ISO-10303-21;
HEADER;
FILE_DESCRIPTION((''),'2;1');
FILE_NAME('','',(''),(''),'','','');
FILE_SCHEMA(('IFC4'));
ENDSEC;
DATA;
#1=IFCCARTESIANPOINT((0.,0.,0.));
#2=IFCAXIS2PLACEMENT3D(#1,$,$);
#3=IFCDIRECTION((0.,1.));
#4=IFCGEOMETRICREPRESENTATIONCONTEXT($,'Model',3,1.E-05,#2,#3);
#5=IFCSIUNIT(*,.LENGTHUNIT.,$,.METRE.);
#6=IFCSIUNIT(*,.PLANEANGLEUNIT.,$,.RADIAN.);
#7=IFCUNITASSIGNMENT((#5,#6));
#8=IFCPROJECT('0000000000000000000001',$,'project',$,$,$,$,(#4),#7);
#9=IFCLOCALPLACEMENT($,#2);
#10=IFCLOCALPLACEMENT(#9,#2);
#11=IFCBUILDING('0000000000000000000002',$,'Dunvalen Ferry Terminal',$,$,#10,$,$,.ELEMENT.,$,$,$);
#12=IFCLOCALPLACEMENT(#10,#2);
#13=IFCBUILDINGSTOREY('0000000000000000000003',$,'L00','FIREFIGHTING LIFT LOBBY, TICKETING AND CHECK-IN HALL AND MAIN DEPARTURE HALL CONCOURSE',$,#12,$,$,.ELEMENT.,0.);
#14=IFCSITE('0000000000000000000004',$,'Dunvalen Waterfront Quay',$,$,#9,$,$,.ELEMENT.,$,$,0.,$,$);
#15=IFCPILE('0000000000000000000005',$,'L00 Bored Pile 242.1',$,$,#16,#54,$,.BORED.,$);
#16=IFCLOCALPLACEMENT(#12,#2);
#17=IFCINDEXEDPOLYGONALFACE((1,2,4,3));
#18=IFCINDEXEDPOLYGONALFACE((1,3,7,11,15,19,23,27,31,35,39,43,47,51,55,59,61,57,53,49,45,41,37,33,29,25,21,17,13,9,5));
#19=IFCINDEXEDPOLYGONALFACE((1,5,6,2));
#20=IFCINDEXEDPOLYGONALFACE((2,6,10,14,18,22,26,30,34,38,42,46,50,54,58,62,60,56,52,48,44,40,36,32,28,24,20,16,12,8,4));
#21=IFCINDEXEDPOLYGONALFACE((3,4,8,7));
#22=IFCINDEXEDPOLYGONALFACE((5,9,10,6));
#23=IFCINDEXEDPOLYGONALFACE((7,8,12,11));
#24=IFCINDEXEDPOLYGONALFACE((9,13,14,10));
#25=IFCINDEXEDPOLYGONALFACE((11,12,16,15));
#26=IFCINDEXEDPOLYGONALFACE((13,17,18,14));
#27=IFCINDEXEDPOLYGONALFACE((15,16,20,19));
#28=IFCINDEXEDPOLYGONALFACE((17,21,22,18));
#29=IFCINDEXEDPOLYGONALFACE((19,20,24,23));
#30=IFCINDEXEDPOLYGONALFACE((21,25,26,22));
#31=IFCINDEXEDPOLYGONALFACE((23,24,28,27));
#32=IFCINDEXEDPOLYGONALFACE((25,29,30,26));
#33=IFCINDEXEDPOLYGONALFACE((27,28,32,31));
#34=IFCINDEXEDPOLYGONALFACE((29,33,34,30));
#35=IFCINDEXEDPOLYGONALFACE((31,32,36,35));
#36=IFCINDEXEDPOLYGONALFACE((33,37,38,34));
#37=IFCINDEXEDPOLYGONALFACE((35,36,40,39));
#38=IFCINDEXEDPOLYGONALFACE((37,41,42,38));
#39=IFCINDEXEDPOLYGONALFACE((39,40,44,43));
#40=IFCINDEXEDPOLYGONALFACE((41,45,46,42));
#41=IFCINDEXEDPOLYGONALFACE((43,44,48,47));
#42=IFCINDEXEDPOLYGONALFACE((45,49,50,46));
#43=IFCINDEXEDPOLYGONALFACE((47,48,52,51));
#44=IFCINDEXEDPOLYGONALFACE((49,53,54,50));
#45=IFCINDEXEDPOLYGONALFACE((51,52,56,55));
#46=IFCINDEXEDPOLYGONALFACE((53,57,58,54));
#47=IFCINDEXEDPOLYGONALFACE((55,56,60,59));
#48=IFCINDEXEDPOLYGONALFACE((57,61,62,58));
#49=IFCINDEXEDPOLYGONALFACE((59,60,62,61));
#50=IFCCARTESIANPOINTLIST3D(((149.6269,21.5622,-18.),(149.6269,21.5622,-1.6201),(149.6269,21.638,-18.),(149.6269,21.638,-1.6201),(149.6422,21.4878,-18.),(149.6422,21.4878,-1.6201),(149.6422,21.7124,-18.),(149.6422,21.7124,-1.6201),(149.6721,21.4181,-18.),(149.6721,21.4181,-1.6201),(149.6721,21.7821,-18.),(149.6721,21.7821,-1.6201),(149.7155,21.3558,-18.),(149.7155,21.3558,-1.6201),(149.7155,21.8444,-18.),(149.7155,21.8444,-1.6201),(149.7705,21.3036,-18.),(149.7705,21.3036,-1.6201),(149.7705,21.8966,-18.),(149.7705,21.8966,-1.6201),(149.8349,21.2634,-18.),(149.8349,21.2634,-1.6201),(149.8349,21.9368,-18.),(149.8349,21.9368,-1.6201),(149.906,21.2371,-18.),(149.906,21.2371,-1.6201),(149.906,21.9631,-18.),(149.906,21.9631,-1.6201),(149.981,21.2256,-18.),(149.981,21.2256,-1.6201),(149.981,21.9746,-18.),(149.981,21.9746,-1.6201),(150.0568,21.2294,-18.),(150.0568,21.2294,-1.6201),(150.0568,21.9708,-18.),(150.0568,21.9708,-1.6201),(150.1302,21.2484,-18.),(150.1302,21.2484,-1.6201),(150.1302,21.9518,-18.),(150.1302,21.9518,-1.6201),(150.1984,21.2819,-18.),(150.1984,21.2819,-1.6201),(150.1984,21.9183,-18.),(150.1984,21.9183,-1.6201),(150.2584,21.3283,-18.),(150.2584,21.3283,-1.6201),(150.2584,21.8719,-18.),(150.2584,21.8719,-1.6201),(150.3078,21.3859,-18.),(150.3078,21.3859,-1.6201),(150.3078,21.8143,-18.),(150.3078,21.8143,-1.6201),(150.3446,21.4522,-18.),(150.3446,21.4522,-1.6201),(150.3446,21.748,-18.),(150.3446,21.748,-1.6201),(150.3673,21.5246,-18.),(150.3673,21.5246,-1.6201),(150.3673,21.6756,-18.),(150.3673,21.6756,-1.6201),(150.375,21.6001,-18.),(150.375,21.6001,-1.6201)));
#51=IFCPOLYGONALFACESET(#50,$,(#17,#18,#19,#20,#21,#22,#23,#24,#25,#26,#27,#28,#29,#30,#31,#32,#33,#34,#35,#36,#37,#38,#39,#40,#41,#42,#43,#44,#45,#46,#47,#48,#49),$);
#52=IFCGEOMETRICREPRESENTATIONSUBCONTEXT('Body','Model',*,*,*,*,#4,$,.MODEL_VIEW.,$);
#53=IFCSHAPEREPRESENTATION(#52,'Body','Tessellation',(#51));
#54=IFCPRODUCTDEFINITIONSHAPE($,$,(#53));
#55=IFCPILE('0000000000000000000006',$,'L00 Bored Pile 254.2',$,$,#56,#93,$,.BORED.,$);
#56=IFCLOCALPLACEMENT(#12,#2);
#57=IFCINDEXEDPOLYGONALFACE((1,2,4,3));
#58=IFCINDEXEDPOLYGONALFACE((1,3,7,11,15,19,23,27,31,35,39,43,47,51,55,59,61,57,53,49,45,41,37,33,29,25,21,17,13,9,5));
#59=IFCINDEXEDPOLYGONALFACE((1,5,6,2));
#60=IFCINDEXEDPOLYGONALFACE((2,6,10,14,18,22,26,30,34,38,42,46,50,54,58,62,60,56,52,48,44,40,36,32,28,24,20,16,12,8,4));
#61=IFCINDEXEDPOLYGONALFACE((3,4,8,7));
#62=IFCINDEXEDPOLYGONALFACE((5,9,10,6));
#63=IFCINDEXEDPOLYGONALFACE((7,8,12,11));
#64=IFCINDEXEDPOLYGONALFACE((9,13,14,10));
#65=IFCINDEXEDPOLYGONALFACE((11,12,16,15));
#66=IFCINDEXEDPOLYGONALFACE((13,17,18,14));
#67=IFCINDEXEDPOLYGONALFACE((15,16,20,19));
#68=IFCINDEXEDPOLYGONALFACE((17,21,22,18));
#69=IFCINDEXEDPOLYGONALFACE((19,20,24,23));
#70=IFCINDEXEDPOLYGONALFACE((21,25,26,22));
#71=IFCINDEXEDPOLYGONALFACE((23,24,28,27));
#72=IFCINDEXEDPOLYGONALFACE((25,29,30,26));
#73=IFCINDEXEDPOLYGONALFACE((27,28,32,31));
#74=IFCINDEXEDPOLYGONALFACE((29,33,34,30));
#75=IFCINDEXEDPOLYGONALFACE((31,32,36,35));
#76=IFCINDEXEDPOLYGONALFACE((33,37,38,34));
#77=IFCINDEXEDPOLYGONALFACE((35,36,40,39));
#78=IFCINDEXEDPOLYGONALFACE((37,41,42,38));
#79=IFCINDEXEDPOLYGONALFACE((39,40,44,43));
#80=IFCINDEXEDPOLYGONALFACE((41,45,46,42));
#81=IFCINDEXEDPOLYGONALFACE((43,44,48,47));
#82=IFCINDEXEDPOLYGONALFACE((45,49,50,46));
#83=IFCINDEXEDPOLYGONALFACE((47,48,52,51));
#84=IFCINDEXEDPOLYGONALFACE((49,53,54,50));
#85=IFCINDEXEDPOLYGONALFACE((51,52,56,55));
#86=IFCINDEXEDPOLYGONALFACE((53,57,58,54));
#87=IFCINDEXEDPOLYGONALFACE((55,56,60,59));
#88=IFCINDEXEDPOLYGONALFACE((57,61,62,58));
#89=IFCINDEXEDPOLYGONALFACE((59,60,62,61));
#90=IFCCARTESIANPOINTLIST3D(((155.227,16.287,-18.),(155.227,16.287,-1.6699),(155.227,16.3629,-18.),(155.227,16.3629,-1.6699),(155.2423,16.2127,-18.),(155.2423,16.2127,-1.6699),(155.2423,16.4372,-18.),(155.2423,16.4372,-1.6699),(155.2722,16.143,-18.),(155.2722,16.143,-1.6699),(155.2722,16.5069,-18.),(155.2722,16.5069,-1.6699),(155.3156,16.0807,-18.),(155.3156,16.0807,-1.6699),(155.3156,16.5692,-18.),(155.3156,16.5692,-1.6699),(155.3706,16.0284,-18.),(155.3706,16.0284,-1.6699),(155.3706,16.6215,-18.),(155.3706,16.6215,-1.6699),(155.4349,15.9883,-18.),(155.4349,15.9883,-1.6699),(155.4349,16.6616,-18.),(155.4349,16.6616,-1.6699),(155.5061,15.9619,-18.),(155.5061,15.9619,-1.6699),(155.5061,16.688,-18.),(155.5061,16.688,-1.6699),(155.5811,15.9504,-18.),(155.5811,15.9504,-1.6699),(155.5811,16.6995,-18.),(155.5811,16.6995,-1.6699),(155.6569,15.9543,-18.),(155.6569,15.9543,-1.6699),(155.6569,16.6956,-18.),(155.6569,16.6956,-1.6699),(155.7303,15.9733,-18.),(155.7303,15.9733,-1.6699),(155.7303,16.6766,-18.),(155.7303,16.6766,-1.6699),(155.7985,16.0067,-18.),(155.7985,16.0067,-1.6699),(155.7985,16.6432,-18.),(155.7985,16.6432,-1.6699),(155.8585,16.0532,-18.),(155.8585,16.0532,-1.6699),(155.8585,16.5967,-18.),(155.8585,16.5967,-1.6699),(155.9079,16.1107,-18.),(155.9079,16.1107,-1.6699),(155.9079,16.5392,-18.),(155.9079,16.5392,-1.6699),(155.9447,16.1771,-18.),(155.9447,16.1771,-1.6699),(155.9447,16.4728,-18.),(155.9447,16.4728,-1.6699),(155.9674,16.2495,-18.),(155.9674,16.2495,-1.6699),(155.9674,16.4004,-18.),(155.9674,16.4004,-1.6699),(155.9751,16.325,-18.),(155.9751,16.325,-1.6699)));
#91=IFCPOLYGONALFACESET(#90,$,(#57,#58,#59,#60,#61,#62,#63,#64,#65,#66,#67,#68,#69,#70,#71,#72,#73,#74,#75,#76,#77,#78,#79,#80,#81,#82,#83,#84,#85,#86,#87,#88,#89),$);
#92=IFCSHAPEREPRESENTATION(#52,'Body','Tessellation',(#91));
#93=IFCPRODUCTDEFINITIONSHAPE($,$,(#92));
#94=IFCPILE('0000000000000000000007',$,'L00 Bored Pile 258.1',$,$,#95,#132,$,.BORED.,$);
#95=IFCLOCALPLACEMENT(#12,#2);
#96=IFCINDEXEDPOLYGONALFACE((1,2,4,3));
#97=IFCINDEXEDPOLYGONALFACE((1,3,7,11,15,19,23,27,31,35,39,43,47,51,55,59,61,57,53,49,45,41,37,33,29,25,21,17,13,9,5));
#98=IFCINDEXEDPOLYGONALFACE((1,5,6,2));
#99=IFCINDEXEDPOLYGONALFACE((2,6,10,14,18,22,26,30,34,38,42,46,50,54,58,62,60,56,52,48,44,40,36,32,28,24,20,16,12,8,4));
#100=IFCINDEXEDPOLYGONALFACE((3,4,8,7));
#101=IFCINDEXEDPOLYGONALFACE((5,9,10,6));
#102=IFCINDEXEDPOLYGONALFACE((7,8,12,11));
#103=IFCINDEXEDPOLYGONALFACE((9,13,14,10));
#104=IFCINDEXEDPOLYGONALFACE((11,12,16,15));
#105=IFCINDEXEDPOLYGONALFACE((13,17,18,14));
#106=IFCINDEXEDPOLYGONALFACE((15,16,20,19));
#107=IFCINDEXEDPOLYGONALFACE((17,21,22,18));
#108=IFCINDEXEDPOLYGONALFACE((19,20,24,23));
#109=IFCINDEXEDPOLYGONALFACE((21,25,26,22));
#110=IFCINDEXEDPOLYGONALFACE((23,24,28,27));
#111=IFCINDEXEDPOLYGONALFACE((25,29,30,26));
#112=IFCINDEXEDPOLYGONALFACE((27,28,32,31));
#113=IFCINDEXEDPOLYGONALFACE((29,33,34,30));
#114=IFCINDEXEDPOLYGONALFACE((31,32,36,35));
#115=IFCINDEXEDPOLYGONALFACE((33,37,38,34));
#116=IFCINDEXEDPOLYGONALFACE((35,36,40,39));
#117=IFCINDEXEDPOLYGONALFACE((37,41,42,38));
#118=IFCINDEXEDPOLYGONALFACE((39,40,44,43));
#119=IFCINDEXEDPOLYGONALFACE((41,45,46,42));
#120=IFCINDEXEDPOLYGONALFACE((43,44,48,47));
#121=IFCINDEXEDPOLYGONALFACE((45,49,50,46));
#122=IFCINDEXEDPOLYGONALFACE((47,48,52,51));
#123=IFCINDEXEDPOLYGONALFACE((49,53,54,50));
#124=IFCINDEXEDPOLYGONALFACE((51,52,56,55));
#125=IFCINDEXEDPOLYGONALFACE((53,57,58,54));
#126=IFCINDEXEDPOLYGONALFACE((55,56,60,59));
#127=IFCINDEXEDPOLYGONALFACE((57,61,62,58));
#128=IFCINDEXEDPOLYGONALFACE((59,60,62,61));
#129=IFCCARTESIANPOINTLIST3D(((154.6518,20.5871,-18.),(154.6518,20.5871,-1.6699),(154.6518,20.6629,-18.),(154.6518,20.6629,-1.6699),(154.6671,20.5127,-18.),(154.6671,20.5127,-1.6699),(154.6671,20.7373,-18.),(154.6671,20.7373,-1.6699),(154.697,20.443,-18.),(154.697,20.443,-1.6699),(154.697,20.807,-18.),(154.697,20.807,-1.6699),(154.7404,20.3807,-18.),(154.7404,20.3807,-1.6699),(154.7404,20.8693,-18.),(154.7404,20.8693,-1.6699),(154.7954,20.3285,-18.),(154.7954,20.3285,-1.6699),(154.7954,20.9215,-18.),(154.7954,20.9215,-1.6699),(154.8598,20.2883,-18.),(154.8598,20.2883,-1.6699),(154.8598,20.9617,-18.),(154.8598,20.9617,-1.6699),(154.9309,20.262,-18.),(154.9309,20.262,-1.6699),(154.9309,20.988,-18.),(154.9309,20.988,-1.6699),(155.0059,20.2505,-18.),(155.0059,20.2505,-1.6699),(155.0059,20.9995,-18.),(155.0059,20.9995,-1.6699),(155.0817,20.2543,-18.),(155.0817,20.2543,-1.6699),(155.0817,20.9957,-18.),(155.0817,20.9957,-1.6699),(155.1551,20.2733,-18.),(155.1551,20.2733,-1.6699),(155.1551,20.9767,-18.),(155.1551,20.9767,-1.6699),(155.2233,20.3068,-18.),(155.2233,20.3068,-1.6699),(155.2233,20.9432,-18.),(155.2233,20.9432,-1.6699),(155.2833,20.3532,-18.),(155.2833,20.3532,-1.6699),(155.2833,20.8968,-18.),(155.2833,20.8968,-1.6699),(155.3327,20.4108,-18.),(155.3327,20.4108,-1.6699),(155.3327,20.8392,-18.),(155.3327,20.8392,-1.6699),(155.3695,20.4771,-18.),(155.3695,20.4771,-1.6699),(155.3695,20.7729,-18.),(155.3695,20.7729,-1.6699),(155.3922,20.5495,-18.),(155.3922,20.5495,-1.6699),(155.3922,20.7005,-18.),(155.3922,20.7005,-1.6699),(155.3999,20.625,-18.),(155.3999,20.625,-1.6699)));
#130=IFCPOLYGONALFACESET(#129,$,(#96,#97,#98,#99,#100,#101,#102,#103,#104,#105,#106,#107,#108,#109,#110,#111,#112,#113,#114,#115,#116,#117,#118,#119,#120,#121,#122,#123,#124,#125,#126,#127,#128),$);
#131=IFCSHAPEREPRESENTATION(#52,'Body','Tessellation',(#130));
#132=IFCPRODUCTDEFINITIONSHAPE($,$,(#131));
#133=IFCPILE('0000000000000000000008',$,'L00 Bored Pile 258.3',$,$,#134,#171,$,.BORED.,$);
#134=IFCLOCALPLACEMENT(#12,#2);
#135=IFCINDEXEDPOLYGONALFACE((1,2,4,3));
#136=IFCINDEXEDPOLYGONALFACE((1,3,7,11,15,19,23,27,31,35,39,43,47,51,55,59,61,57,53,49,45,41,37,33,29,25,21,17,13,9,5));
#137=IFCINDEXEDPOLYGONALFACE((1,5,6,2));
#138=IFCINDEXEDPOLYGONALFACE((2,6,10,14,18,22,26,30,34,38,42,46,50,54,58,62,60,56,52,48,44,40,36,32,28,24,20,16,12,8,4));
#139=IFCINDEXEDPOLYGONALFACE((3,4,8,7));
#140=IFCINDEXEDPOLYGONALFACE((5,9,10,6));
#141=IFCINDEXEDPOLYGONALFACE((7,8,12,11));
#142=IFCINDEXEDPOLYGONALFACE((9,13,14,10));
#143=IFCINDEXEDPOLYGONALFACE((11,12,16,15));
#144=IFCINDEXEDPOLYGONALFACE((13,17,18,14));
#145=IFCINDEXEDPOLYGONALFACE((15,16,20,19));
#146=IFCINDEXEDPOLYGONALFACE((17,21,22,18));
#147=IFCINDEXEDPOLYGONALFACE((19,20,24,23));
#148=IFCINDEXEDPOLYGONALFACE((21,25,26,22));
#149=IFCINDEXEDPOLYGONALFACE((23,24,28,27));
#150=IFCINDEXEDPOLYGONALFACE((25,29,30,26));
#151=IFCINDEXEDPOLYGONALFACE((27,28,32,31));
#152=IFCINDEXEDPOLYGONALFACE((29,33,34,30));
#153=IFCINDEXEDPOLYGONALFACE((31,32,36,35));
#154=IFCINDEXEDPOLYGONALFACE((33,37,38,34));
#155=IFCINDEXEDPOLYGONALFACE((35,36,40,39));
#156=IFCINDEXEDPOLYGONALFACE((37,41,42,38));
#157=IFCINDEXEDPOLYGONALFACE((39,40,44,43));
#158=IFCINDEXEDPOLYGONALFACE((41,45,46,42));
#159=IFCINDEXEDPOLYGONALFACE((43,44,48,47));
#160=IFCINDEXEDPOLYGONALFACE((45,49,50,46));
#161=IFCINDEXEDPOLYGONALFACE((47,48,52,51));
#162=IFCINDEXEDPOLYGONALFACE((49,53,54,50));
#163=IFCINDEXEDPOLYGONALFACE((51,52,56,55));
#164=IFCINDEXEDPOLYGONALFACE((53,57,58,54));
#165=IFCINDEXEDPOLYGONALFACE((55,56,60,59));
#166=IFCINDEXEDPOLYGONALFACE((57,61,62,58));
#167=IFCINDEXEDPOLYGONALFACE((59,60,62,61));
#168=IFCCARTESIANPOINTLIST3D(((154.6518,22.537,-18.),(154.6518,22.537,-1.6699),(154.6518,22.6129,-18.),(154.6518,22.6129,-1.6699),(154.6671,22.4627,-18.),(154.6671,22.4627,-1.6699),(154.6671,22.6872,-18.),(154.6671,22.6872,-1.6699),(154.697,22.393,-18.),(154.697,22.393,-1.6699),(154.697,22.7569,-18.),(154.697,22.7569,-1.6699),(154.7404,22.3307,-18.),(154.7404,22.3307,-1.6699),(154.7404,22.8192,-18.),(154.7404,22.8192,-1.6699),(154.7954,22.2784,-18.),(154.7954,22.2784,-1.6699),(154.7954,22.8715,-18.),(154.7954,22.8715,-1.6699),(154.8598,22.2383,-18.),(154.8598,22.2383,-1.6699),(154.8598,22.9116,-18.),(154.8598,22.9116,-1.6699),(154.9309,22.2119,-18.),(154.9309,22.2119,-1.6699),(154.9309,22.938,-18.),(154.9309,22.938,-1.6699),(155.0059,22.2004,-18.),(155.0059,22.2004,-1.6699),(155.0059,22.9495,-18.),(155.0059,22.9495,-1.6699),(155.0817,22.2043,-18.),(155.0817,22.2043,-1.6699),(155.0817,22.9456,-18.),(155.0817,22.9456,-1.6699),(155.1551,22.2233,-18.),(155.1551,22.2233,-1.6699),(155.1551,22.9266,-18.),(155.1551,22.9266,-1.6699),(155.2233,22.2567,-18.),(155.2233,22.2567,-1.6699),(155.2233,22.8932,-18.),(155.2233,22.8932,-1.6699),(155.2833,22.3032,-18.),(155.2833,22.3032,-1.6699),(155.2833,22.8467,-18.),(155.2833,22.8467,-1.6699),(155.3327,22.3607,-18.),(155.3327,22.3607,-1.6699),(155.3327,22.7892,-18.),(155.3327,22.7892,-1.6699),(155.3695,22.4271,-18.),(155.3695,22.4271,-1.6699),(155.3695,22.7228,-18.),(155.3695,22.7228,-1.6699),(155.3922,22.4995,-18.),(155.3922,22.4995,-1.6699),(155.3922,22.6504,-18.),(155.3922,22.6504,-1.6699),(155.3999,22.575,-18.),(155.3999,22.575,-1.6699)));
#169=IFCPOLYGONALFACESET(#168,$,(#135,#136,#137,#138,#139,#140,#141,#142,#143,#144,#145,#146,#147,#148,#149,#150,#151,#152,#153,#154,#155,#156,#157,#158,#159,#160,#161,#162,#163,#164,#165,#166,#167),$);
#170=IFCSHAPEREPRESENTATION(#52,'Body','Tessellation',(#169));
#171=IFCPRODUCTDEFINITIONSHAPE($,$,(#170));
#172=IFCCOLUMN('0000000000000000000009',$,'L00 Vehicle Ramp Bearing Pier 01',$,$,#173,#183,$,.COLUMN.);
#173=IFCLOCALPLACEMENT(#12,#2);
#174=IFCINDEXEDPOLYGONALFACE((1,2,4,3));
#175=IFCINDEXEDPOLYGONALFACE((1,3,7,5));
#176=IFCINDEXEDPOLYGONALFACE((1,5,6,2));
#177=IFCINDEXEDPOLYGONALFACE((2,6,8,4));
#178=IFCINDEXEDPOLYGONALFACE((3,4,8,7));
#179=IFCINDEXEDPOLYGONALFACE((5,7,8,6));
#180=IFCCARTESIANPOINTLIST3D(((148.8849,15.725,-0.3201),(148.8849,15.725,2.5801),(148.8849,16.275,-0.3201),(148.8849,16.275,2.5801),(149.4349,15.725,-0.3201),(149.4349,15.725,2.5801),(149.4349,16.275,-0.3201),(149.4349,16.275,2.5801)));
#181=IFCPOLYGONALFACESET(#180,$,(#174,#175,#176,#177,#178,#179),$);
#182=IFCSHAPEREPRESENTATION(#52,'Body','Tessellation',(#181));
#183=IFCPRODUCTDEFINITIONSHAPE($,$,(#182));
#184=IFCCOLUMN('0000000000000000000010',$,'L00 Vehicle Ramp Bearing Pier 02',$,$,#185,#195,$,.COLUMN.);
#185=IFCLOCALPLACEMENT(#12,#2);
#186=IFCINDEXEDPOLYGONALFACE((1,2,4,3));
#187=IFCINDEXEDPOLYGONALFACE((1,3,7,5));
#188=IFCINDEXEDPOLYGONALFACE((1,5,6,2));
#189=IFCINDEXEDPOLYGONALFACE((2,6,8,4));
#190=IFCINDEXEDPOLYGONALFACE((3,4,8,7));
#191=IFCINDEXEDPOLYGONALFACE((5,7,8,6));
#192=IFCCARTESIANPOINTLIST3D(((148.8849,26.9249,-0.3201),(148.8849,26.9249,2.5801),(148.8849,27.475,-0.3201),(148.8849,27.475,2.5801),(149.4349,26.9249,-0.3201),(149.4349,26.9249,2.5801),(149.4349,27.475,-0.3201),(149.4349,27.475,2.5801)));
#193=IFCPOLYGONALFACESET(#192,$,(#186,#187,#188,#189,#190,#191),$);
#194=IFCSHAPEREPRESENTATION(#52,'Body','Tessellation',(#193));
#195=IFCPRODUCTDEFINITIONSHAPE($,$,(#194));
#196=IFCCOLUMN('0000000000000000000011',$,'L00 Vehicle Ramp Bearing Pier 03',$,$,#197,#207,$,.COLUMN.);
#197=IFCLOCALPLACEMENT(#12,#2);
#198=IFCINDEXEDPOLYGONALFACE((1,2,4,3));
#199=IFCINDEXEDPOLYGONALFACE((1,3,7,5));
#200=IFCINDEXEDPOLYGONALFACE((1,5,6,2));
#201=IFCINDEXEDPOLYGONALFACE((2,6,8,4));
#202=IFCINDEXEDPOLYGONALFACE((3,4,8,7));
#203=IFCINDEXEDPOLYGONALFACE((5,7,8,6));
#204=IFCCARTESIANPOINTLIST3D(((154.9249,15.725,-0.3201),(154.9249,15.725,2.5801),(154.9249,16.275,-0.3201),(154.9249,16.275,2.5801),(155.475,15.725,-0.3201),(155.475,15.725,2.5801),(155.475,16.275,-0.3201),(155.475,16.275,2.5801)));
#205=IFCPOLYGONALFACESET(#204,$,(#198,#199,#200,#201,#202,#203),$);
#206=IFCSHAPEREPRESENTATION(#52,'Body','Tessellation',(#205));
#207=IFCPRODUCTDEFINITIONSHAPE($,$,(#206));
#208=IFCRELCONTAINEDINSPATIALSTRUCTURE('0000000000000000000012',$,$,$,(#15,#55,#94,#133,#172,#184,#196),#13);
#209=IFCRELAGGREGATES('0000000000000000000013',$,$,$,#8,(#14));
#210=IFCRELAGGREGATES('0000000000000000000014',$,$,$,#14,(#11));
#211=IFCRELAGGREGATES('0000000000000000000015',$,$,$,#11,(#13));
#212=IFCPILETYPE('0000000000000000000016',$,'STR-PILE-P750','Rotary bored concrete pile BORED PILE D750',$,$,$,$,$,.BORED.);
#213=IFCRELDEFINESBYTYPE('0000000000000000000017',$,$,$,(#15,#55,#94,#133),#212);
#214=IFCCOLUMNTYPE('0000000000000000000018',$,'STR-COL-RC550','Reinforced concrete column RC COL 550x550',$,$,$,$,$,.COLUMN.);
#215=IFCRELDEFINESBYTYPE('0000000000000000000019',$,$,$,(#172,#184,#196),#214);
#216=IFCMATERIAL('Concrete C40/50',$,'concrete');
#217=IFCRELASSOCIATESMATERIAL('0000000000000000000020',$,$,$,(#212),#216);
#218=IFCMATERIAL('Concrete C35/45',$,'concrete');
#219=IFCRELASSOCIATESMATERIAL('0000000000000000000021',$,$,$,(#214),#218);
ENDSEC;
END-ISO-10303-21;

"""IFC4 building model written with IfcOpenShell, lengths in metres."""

from ifc_helpers import new_model, si_unit, direction, frame, origin, origin_2d, place, context, subcontext, project, spatial, rectangle, circle, extrude, material, material_profile, profile_set, type_object, element, save


model = new_model("IFC4")

# Units and contexts
model_context = context("Model", 3, precision=1e-05, world=origin(), true_north=direction((0.0, 1.0)))
body_context = subcontext(model_context, "Body", "Model", "MODEL_VIEW")
ifc_project = project(units=[si_unit("LENGTHUNIT", "METRE"), si_unit("PLANEANGLEUNIT", "RADIAN")], contexts=[model_context])

# Site, building, storey
site_placement = place(None, origin())
site = spatial("IfcSite", under=ifc_project, at=site_placement, Name="Dunvalen Waterfront Quay", CompositionType="ELEMENT", RefElevation=0.0)
building_placement = place(site_placement, origin())
building = spatial("IfcBuilding", under=site, at=building_placement, Name="Dunvalen Ferry Terminal", CompositionType="ELEMENT")
storey_placement = place(building_placement, origin())
storey = spatial("IfcBuildingStorey", under=building, at=storey_placement, Name="L00", Description="FIREFIGHTING LIFT LOBBY, TICKETING AND CHECK-IN HALL AND MAIN DEPARTURE HALL CONCOURSE", CompositionType="ELEMENT", Elevation=0.0)

# Shared definitions
ifc_material_1 = material(Name="Concrete C40/50", Category="concrete")

# Piles
ifc_material_profile_1 = material_profile(ifc_material_1, circle(Radius=0.375, at=origin_2d()), Name="Concrete C40/50")
ifc_profile_set_1 = profile_set([ifc_material_profile_1], Name="Concrete C40/50")
pile_type = type_object("IfcPileType", Name="STR-PILE-P750", Description="Rotary bored concrete pile BORED PILE D750", PredefinedType="BORED", material=ifc_profile_set_1)
pile_placement = place(storey_placement, frame((150.0, 21.6001, -1.6201), z_axis=(0.0, 0.0, -1.0), x_axis=(1.0, 0.0, 0.0)))
element("IfcPile", 1, at=pile_placement, inside=storey, type_object=pile_type, Name="L00 Bored Pile 242.1", PredefinedType="BORED", context=body_context, shape_type="SweptSolid", body=[
    extrude(circle(Radius=0.375, at=origin_2d()), origin(), (0.0, 0.0, 1.0), 16.3799),
])
for number, where, z_axis, x_axis, name in (
    (2, (155.6001, 16.325, -1.6699), (0.0, 0.0, -1.0), (1.0, 0.0, 0.0), "L00 Bored Pile 254.2"),
    (3, (155.0249, 20.625, -1.6699), (0.0, 0.0, -1.0), (1.0, 0.0, 0.0), "L00 Bored Pile 258.1"),
    (4, (155.0249, 22.575, -1.6699), (0.0, 0.0, -1.0), (1.0, 0.0, 0.0), "L00 Bored Pile 258.3"),
):
    element("IfcPile", number, at=place(storey_placement, frame(where, z_axis=z_axis, x_axis=x_axis)), inside=storey, type_object=pile_type, Name=name, PredefinedType="BORED", context=body_context, shape_type="SweptSolid", body=[
        extrude(circle(Radius=0.375, at=origin_2d()), origin(), (0.0, 0.0, 1.0), 16.3301),
    ])

# Columns
ifc_material_2 = material(Name="Concrete C35/45", Category="concrete")
ifc_material_profile_2 = material_profile(ifc_material_2, rectangle(XDim=0.55, YDim=0.55, at=origin_2d()), Name="Concrete C35/45")
ifc_profile_set_2 = profile_set([ifc_material_profile_2], Name="Concrete C35/45")
column_type_1 = type_object("IfcColumnType", Name="STR-COL-RC550", Description="Reinforced concrete column RC COL 550x550", PredefinedType="COLUMN", material=ifc_profile_set_2)
for number, where, z_axis, x_axis, name in (
    (5, (149.1599, 16.0, -0.3201), (0.0, 0.0, 1.0), (1.0, 0.0, 0.0), "L00 Vehicle Ramp Bearing Pier 01"),
    (6, (149.1599, 27.2, -0.3201), (0.0, 0.0, 1.0), (1.0, 0.0, 0.0), "L00 Vehicle Ramp Bearing Pier 02"),
    (7, (155.2, 16.0, -0.3201), (0.0, 0.0, 1.0), (1.0, 0.0, 0.0), "L00 Vehicle Ramp Bearing Pier 03"),
):
    element("IfcColumn", number, at=place(storey_placement, frame(where, z_axis=z_axis, x_axis=x_axis)), inside=storey, type_object=column_type_1, Name=name, PredefinedType="COLUMN", context=body_context, shape_type="SweptSolid", body=[
        extrude(rectangle(XDim=0.55, YDim=0.55, at=origin_2d()), origin(), (0.0, 0.0, 1.0), 2.9001),
    ])

save(model, "model.ifc")
